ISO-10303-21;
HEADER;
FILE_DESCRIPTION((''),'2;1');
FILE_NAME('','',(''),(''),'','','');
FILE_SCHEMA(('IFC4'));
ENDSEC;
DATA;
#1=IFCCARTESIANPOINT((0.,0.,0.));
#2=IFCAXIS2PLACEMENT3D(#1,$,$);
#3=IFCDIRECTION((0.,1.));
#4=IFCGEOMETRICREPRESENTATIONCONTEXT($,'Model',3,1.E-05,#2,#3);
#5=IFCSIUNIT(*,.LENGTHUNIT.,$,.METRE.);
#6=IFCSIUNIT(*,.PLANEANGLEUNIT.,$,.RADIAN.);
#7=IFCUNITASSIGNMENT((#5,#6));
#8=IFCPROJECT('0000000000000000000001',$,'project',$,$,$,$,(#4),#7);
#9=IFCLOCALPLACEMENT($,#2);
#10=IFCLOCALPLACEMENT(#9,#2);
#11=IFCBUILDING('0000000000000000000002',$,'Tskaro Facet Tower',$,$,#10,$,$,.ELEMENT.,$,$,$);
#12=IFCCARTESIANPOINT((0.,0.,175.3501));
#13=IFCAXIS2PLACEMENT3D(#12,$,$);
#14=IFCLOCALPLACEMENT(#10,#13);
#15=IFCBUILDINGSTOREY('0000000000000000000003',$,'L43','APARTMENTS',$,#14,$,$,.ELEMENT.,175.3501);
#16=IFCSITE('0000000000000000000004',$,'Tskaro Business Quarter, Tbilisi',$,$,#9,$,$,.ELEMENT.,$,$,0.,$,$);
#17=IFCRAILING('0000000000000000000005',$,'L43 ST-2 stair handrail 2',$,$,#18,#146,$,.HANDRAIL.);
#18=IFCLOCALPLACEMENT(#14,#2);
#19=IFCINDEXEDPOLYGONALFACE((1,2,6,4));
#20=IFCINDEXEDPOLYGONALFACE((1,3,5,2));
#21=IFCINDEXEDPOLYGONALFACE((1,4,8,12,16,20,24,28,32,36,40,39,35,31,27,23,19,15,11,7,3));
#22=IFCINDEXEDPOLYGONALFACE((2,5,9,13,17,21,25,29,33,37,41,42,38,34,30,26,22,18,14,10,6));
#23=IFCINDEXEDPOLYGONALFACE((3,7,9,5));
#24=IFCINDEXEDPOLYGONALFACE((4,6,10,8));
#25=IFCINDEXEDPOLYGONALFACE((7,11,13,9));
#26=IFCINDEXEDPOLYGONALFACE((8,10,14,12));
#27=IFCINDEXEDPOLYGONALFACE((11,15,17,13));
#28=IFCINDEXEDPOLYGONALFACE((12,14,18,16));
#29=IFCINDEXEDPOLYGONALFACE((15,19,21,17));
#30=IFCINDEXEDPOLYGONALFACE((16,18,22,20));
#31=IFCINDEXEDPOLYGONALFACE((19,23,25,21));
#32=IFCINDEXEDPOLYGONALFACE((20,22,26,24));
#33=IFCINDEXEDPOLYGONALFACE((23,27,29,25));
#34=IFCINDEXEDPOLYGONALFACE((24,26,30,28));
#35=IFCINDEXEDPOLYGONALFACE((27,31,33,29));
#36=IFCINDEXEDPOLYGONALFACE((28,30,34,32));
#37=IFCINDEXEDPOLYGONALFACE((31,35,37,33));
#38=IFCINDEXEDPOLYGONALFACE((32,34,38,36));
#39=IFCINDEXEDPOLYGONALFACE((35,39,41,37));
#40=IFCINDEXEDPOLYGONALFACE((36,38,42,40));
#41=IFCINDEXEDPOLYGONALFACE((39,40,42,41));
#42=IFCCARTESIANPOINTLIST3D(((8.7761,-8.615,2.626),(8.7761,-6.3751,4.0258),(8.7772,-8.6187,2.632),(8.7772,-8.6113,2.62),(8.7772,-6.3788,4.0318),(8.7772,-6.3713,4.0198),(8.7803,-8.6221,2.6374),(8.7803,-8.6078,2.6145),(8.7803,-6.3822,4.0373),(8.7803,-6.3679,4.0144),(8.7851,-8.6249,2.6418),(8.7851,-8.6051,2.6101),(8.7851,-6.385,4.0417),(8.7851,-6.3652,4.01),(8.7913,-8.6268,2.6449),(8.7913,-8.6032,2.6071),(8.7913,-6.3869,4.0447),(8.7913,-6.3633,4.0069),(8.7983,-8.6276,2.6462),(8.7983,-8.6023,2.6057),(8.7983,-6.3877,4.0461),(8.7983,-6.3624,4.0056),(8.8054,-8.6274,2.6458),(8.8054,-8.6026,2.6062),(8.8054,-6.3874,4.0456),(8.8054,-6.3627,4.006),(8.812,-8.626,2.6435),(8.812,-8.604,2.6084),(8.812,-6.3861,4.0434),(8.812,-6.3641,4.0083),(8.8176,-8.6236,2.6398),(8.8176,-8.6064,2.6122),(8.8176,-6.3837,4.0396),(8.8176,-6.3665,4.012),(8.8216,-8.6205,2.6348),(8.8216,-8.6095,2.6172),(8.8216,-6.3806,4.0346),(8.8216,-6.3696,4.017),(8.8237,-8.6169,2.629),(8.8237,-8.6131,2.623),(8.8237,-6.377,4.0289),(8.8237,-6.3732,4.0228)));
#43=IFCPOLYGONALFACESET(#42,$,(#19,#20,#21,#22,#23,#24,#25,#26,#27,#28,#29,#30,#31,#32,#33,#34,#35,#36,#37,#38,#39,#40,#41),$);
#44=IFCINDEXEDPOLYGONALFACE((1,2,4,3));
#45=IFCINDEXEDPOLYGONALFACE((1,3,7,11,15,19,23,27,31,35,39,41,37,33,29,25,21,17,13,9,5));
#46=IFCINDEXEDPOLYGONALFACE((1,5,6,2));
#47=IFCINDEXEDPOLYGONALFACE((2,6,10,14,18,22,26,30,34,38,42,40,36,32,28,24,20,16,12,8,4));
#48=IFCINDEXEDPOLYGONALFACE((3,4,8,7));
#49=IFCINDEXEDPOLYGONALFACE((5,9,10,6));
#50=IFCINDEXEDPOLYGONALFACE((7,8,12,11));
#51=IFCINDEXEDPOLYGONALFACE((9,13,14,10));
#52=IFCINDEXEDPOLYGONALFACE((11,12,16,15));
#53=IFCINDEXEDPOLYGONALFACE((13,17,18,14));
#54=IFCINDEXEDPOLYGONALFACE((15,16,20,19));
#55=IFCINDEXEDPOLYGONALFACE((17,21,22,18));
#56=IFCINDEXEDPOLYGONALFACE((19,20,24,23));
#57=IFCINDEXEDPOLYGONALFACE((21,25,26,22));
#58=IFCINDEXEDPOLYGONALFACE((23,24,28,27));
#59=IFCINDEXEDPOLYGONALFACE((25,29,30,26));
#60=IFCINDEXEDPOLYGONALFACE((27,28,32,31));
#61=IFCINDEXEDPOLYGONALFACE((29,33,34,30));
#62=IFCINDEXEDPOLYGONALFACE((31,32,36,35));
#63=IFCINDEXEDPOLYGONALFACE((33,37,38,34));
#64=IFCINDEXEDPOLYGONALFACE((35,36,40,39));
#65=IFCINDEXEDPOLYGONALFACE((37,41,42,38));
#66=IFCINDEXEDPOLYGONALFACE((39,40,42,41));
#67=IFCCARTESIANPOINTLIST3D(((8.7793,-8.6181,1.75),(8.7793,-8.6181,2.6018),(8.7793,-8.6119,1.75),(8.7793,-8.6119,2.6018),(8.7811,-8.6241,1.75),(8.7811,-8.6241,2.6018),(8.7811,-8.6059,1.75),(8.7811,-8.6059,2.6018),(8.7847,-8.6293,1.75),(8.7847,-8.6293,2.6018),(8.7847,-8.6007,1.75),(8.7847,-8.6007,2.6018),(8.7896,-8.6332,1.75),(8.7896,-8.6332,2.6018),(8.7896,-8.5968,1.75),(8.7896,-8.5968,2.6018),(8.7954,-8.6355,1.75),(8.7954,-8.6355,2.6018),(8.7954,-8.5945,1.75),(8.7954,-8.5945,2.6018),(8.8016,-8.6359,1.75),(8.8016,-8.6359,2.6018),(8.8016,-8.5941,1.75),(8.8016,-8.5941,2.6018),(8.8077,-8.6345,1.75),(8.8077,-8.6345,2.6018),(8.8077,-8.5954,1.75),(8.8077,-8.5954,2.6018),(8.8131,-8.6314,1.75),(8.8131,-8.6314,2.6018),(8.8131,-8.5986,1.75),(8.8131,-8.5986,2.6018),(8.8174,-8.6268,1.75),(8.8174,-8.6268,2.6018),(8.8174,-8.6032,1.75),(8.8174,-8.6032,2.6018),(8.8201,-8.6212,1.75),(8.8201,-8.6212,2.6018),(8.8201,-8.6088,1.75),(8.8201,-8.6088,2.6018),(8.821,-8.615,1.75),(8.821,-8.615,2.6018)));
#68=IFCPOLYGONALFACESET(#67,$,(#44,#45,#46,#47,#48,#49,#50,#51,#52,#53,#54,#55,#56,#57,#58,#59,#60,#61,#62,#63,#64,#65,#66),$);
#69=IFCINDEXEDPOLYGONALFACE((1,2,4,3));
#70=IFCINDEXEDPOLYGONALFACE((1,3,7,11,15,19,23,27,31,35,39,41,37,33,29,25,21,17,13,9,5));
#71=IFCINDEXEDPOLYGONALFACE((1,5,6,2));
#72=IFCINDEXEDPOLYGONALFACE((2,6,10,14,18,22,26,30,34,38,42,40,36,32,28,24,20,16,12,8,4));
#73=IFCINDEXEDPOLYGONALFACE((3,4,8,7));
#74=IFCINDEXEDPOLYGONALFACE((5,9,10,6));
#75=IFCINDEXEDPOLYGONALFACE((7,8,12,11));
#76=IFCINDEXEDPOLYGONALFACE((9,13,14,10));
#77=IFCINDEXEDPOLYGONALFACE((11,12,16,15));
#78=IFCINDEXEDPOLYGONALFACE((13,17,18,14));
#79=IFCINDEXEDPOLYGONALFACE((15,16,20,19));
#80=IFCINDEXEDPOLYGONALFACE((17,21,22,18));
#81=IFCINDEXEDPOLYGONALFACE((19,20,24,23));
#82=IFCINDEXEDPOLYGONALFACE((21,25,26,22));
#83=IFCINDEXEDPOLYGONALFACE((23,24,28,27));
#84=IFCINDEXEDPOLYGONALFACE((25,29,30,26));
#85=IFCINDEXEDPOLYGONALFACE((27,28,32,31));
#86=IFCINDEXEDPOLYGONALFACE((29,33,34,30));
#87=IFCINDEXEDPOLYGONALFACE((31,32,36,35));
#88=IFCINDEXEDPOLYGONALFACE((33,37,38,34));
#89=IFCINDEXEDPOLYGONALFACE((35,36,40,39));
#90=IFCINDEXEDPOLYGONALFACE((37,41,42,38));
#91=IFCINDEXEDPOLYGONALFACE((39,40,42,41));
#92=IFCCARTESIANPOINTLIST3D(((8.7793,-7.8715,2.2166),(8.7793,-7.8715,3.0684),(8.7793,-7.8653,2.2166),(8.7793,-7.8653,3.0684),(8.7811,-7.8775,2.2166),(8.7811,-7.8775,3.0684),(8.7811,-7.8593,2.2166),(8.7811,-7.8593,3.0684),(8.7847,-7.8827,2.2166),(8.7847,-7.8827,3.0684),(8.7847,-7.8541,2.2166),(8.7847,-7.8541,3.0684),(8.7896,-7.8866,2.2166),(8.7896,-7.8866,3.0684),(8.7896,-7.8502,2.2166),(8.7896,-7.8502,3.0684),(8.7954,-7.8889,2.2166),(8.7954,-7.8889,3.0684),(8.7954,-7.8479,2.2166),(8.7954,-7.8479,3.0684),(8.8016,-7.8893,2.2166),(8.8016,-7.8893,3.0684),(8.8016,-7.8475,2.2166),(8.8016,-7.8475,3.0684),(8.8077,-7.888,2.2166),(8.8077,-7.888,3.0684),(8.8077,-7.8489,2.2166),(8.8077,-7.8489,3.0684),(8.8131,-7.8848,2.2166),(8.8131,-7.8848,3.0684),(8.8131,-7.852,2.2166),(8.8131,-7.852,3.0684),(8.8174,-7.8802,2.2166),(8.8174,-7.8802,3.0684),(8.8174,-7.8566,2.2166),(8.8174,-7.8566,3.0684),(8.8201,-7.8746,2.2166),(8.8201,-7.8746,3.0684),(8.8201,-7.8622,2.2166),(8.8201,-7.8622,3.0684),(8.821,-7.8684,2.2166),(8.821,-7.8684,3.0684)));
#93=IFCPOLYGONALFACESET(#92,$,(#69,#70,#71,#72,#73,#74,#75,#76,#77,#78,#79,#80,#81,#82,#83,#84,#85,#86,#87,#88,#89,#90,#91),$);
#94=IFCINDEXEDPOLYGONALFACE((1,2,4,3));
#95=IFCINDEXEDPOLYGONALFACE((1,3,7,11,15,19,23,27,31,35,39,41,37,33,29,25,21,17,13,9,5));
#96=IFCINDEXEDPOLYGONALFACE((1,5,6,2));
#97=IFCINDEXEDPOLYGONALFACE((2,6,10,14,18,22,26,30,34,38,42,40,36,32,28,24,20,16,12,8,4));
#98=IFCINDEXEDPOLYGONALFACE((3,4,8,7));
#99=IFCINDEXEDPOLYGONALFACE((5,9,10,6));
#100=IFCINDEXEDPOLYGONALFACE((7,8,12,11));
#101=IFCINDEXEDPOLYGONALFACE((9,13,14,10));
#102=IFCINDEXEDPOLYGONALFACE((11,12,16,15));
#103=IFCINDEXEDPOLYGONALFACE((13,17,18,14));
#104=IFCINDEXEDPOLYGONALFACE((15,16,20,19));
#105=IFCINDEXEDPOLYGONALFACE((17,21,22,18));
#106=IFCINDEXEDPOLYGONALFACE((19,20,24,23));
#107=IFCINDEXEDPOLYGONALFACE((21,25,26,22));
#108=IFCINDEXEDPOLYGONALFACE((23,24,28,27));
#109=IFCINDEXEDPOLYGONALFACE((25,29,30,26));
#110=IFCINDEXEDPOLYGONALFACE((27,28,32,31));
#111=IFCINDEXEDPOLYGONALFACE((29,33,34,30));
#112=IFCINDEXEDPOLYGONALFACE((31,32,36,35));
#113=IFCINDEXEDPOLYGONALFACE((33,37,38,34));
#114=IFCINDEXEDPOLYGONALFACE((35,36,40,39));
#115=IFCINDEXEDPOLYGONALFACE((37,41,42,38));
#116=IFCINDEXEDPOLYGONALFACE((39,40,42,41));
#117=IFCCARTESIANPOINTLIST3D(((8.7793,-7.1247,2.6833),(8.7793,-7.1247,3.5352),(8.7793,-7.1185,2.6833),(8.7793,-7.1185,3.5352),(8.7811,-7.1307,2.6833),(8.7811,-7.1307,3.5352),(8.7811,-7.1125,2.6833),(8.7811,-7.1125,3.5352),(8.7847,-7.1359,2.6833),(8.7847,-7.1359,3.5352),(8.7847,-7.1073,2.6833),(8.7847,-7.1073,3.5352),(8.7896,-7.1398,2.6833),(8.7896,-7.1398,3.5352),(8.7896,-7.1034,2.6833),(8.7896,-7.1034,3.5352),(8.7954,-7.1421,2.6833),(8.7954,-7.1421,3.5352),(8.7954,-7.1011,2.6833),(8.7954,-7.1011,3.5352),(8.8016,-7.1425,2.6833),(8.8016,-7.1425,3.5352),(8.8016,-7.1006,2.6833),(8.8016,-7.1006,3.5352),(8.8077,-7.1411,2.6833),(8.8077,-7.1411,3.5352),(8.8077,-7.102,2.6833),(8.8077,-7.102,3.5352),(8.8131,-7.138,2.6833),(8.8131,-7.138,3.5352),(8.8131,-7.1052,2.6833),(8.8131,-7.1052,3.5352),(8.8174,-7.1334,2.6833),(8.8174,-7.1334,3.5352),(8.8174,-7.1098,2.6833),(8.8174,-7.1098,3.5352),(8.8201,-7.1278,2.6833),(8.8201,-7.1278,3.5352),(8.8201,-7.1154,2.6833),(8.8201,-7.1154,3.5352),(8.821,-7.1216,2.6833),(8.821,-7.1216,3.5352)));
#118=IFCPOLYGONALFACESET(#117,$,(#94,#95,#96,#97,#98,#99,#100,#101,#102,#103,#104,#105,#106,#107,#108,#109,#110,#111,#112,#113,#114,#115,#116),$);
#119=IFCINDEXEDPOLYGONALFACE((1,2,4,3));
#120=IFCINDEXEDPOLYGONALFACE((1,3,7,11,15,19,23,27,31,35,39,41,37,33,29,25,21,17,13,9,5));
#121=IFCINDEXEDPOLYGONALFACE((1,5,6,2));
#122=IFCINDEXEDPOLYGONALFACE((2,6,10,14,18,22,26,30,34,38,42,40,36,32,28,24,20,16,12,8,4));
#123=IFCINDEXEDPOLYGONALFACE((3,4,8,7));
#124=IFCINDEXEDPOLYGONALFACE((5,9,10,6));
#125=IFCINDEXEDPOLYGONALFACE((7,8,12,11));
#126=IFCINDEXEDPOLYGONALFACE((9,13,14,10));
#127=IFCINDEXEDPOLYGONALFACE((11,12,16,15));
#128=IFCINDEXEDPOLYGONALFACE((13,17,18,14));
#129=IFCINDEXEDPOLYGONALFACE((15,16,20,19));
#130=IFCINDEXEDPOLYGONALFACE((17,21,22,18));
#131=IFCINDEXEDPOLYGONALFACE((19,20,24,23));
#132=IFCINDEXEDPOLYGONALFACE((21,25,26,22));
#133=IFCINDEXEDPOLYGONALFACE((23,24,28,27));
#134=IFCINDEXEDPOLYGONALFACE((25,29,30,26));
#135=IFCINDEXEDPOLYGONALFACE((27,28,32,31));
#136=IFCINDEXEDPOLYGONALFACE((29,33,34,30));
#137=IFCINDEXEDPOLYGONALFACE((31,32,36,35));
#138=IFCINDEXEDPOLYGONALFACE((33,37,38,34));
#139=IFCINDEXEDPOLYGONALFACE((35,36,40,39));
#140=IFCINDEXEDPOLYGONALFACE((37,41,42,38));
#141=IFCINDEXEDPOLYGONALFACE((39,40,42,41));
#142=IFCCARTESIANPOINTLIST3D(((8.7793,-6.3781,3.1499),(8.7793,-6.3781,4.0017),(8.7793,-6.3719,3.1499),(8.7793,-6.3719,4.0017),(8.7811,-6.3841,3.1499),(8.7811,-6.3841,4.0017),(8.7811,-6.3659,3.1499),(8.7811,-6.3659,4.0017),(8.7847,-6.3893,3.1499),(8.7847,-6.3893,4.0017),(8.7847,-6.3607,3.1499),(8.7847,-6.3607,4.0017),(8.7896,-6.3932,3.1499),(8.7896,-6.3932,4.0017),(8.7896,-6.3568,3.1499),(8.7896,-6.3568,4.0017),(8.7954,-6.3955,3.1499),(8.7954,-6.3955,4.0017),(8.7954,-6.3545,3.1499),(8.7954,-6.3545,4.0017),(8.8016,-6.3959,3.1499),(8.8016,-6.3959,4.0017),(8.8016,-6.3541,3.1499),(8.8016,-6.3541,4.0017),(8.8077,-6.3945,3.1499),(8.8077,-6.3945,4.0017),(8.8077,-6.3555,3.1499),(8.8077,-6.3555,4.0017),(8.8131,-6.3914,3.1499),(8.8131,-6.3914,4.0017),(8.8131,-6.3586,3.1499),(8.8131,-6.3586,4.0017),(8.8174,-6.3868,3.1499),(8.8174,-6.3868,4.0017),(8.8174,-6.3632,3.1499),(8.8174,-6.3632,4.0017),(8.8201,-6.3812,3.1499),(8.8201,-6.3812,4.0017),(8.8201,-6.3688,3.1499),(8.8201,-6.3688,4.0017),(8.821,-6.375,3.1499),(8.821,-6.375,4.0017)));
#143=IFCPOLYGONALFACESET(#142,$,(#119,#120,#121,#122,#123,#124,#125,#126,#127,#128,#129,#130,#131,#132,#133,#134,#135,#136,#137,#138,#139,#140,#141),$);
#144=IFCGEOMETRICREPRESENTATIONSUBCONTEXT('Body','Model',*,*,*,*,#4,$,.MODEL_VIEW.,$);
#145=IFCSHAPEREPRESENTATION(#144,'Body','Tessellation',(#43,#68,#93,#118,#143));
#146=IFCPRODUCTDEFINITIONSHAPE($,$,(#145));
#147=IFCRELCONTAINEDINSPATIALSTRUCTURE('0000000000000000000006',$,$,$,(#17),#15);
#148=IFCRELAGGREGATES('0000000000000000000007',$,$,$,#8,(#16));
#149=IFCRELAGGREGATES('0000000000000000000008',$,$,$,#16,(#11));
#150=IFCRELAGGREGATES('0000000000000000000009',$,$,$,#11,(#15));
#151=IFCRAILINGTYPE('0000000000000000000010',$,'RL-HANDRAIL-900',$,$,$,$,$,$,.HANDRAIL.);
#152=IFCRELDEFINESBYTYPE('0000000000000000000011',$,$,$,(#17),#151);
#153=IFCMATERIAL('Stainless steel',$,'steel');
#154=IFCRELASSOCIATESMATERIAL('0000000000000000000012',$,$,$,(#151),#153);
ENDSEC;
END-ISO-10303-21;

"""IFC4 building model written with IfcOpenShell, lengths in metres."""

from ifc_helpers import new_model, si_unit, direction, frame, origin, origin_2d, place, context, subcontext, project, spatial, circle, extrude, material, type_object, element, save


model = new_model("IFC4")

# Units and contexts
model_context = context("Model", 3, precision=1e-05, world=origin(), true_north=direction((0.0, 1.0)))
body_context = subcontext(model_context, "Body", "Model", "MODEL_VIEW")
ifc_project = project(units=[si_unit("LENGTHUNIT", "METRE"), si_unit("PLANEANGLEUNIT", "RADIAN")], contexts=[model_context])

# Site, building, storey
site_placement = place(None, origin())
site = spatial("IfcSite", under=ifc_project, at=site_placement, Name="Tskaro Business Quarter, Tbilisi", CompositionType="ELEMENT", RefElevation=0.0)
building_placement = place(site_placement, origin())
building = spatial("IfcBuilding", under=site, at=building_placement, Name="Tskaro Facet Tower", CompositionType="ELEMENT")
storey_placement = place(building_placement, frame((0.0, 0.0, 175.3501)))
storey = spatial("IfcBuildingStorey", under=building, at=storey_placement, Name="L43", Description="APARTMENTS", CompositionType="ELEMENT", Elevation=175.3501)

# Shared definitions
ifc_material_1 = material(Name="Stainless steel", Category="steel")

# Railing
railing_type_1 = type_object("IfcRailingType", Name="RL-HANDRAIL-900", PredefinedType="HANDRAIL", material=ifc_material_1)
railing_1_placement = place(storey_placement, frame((8.8, -8.615, 1.75)))
element("IfcRailing", 1, at=railing_1_placement, inside=storey, type_object=railing_type_1, Name="L43 ST-2 stair handrail 2", PredefinedType="HANDRAIL", context=body_context, shape_type="SweptSolid", body=[
    extrude(circle(Radius=0.0239, at=origin_2d()), frame((0.0, 0.0, 0.876), z_axis=(0.0, 0.848014, 0.529974), x_axis=(-1.0, 0.0, 0.0)), (0.0, 0.0, 1.0), 2.6414),
    extrude(circle(Radius=0.021, at=origin_2d()), origin(), (0.0, 0.0, 1.0), 0.8518),
    extrude(circle(Radius=0.021, at=origin_2d()), frame((0.0, 0.7466, 0.4666)), (0.0, 0.0, 1.0), 0.8518),
    extrude(circle(Radius=0.021, at=origin_2d()), frame((0.0, 1.4934, 0.9333)), (0.0, 0.0, 1.0), 0.8518),
    extrude(circle(Radius=0.021, at=origin_2d()), frame((0.0, 2.24, 1.3999)), (0.0, 0.0, 1.0), 0.8518),
])

save(model, "model.ifc")
